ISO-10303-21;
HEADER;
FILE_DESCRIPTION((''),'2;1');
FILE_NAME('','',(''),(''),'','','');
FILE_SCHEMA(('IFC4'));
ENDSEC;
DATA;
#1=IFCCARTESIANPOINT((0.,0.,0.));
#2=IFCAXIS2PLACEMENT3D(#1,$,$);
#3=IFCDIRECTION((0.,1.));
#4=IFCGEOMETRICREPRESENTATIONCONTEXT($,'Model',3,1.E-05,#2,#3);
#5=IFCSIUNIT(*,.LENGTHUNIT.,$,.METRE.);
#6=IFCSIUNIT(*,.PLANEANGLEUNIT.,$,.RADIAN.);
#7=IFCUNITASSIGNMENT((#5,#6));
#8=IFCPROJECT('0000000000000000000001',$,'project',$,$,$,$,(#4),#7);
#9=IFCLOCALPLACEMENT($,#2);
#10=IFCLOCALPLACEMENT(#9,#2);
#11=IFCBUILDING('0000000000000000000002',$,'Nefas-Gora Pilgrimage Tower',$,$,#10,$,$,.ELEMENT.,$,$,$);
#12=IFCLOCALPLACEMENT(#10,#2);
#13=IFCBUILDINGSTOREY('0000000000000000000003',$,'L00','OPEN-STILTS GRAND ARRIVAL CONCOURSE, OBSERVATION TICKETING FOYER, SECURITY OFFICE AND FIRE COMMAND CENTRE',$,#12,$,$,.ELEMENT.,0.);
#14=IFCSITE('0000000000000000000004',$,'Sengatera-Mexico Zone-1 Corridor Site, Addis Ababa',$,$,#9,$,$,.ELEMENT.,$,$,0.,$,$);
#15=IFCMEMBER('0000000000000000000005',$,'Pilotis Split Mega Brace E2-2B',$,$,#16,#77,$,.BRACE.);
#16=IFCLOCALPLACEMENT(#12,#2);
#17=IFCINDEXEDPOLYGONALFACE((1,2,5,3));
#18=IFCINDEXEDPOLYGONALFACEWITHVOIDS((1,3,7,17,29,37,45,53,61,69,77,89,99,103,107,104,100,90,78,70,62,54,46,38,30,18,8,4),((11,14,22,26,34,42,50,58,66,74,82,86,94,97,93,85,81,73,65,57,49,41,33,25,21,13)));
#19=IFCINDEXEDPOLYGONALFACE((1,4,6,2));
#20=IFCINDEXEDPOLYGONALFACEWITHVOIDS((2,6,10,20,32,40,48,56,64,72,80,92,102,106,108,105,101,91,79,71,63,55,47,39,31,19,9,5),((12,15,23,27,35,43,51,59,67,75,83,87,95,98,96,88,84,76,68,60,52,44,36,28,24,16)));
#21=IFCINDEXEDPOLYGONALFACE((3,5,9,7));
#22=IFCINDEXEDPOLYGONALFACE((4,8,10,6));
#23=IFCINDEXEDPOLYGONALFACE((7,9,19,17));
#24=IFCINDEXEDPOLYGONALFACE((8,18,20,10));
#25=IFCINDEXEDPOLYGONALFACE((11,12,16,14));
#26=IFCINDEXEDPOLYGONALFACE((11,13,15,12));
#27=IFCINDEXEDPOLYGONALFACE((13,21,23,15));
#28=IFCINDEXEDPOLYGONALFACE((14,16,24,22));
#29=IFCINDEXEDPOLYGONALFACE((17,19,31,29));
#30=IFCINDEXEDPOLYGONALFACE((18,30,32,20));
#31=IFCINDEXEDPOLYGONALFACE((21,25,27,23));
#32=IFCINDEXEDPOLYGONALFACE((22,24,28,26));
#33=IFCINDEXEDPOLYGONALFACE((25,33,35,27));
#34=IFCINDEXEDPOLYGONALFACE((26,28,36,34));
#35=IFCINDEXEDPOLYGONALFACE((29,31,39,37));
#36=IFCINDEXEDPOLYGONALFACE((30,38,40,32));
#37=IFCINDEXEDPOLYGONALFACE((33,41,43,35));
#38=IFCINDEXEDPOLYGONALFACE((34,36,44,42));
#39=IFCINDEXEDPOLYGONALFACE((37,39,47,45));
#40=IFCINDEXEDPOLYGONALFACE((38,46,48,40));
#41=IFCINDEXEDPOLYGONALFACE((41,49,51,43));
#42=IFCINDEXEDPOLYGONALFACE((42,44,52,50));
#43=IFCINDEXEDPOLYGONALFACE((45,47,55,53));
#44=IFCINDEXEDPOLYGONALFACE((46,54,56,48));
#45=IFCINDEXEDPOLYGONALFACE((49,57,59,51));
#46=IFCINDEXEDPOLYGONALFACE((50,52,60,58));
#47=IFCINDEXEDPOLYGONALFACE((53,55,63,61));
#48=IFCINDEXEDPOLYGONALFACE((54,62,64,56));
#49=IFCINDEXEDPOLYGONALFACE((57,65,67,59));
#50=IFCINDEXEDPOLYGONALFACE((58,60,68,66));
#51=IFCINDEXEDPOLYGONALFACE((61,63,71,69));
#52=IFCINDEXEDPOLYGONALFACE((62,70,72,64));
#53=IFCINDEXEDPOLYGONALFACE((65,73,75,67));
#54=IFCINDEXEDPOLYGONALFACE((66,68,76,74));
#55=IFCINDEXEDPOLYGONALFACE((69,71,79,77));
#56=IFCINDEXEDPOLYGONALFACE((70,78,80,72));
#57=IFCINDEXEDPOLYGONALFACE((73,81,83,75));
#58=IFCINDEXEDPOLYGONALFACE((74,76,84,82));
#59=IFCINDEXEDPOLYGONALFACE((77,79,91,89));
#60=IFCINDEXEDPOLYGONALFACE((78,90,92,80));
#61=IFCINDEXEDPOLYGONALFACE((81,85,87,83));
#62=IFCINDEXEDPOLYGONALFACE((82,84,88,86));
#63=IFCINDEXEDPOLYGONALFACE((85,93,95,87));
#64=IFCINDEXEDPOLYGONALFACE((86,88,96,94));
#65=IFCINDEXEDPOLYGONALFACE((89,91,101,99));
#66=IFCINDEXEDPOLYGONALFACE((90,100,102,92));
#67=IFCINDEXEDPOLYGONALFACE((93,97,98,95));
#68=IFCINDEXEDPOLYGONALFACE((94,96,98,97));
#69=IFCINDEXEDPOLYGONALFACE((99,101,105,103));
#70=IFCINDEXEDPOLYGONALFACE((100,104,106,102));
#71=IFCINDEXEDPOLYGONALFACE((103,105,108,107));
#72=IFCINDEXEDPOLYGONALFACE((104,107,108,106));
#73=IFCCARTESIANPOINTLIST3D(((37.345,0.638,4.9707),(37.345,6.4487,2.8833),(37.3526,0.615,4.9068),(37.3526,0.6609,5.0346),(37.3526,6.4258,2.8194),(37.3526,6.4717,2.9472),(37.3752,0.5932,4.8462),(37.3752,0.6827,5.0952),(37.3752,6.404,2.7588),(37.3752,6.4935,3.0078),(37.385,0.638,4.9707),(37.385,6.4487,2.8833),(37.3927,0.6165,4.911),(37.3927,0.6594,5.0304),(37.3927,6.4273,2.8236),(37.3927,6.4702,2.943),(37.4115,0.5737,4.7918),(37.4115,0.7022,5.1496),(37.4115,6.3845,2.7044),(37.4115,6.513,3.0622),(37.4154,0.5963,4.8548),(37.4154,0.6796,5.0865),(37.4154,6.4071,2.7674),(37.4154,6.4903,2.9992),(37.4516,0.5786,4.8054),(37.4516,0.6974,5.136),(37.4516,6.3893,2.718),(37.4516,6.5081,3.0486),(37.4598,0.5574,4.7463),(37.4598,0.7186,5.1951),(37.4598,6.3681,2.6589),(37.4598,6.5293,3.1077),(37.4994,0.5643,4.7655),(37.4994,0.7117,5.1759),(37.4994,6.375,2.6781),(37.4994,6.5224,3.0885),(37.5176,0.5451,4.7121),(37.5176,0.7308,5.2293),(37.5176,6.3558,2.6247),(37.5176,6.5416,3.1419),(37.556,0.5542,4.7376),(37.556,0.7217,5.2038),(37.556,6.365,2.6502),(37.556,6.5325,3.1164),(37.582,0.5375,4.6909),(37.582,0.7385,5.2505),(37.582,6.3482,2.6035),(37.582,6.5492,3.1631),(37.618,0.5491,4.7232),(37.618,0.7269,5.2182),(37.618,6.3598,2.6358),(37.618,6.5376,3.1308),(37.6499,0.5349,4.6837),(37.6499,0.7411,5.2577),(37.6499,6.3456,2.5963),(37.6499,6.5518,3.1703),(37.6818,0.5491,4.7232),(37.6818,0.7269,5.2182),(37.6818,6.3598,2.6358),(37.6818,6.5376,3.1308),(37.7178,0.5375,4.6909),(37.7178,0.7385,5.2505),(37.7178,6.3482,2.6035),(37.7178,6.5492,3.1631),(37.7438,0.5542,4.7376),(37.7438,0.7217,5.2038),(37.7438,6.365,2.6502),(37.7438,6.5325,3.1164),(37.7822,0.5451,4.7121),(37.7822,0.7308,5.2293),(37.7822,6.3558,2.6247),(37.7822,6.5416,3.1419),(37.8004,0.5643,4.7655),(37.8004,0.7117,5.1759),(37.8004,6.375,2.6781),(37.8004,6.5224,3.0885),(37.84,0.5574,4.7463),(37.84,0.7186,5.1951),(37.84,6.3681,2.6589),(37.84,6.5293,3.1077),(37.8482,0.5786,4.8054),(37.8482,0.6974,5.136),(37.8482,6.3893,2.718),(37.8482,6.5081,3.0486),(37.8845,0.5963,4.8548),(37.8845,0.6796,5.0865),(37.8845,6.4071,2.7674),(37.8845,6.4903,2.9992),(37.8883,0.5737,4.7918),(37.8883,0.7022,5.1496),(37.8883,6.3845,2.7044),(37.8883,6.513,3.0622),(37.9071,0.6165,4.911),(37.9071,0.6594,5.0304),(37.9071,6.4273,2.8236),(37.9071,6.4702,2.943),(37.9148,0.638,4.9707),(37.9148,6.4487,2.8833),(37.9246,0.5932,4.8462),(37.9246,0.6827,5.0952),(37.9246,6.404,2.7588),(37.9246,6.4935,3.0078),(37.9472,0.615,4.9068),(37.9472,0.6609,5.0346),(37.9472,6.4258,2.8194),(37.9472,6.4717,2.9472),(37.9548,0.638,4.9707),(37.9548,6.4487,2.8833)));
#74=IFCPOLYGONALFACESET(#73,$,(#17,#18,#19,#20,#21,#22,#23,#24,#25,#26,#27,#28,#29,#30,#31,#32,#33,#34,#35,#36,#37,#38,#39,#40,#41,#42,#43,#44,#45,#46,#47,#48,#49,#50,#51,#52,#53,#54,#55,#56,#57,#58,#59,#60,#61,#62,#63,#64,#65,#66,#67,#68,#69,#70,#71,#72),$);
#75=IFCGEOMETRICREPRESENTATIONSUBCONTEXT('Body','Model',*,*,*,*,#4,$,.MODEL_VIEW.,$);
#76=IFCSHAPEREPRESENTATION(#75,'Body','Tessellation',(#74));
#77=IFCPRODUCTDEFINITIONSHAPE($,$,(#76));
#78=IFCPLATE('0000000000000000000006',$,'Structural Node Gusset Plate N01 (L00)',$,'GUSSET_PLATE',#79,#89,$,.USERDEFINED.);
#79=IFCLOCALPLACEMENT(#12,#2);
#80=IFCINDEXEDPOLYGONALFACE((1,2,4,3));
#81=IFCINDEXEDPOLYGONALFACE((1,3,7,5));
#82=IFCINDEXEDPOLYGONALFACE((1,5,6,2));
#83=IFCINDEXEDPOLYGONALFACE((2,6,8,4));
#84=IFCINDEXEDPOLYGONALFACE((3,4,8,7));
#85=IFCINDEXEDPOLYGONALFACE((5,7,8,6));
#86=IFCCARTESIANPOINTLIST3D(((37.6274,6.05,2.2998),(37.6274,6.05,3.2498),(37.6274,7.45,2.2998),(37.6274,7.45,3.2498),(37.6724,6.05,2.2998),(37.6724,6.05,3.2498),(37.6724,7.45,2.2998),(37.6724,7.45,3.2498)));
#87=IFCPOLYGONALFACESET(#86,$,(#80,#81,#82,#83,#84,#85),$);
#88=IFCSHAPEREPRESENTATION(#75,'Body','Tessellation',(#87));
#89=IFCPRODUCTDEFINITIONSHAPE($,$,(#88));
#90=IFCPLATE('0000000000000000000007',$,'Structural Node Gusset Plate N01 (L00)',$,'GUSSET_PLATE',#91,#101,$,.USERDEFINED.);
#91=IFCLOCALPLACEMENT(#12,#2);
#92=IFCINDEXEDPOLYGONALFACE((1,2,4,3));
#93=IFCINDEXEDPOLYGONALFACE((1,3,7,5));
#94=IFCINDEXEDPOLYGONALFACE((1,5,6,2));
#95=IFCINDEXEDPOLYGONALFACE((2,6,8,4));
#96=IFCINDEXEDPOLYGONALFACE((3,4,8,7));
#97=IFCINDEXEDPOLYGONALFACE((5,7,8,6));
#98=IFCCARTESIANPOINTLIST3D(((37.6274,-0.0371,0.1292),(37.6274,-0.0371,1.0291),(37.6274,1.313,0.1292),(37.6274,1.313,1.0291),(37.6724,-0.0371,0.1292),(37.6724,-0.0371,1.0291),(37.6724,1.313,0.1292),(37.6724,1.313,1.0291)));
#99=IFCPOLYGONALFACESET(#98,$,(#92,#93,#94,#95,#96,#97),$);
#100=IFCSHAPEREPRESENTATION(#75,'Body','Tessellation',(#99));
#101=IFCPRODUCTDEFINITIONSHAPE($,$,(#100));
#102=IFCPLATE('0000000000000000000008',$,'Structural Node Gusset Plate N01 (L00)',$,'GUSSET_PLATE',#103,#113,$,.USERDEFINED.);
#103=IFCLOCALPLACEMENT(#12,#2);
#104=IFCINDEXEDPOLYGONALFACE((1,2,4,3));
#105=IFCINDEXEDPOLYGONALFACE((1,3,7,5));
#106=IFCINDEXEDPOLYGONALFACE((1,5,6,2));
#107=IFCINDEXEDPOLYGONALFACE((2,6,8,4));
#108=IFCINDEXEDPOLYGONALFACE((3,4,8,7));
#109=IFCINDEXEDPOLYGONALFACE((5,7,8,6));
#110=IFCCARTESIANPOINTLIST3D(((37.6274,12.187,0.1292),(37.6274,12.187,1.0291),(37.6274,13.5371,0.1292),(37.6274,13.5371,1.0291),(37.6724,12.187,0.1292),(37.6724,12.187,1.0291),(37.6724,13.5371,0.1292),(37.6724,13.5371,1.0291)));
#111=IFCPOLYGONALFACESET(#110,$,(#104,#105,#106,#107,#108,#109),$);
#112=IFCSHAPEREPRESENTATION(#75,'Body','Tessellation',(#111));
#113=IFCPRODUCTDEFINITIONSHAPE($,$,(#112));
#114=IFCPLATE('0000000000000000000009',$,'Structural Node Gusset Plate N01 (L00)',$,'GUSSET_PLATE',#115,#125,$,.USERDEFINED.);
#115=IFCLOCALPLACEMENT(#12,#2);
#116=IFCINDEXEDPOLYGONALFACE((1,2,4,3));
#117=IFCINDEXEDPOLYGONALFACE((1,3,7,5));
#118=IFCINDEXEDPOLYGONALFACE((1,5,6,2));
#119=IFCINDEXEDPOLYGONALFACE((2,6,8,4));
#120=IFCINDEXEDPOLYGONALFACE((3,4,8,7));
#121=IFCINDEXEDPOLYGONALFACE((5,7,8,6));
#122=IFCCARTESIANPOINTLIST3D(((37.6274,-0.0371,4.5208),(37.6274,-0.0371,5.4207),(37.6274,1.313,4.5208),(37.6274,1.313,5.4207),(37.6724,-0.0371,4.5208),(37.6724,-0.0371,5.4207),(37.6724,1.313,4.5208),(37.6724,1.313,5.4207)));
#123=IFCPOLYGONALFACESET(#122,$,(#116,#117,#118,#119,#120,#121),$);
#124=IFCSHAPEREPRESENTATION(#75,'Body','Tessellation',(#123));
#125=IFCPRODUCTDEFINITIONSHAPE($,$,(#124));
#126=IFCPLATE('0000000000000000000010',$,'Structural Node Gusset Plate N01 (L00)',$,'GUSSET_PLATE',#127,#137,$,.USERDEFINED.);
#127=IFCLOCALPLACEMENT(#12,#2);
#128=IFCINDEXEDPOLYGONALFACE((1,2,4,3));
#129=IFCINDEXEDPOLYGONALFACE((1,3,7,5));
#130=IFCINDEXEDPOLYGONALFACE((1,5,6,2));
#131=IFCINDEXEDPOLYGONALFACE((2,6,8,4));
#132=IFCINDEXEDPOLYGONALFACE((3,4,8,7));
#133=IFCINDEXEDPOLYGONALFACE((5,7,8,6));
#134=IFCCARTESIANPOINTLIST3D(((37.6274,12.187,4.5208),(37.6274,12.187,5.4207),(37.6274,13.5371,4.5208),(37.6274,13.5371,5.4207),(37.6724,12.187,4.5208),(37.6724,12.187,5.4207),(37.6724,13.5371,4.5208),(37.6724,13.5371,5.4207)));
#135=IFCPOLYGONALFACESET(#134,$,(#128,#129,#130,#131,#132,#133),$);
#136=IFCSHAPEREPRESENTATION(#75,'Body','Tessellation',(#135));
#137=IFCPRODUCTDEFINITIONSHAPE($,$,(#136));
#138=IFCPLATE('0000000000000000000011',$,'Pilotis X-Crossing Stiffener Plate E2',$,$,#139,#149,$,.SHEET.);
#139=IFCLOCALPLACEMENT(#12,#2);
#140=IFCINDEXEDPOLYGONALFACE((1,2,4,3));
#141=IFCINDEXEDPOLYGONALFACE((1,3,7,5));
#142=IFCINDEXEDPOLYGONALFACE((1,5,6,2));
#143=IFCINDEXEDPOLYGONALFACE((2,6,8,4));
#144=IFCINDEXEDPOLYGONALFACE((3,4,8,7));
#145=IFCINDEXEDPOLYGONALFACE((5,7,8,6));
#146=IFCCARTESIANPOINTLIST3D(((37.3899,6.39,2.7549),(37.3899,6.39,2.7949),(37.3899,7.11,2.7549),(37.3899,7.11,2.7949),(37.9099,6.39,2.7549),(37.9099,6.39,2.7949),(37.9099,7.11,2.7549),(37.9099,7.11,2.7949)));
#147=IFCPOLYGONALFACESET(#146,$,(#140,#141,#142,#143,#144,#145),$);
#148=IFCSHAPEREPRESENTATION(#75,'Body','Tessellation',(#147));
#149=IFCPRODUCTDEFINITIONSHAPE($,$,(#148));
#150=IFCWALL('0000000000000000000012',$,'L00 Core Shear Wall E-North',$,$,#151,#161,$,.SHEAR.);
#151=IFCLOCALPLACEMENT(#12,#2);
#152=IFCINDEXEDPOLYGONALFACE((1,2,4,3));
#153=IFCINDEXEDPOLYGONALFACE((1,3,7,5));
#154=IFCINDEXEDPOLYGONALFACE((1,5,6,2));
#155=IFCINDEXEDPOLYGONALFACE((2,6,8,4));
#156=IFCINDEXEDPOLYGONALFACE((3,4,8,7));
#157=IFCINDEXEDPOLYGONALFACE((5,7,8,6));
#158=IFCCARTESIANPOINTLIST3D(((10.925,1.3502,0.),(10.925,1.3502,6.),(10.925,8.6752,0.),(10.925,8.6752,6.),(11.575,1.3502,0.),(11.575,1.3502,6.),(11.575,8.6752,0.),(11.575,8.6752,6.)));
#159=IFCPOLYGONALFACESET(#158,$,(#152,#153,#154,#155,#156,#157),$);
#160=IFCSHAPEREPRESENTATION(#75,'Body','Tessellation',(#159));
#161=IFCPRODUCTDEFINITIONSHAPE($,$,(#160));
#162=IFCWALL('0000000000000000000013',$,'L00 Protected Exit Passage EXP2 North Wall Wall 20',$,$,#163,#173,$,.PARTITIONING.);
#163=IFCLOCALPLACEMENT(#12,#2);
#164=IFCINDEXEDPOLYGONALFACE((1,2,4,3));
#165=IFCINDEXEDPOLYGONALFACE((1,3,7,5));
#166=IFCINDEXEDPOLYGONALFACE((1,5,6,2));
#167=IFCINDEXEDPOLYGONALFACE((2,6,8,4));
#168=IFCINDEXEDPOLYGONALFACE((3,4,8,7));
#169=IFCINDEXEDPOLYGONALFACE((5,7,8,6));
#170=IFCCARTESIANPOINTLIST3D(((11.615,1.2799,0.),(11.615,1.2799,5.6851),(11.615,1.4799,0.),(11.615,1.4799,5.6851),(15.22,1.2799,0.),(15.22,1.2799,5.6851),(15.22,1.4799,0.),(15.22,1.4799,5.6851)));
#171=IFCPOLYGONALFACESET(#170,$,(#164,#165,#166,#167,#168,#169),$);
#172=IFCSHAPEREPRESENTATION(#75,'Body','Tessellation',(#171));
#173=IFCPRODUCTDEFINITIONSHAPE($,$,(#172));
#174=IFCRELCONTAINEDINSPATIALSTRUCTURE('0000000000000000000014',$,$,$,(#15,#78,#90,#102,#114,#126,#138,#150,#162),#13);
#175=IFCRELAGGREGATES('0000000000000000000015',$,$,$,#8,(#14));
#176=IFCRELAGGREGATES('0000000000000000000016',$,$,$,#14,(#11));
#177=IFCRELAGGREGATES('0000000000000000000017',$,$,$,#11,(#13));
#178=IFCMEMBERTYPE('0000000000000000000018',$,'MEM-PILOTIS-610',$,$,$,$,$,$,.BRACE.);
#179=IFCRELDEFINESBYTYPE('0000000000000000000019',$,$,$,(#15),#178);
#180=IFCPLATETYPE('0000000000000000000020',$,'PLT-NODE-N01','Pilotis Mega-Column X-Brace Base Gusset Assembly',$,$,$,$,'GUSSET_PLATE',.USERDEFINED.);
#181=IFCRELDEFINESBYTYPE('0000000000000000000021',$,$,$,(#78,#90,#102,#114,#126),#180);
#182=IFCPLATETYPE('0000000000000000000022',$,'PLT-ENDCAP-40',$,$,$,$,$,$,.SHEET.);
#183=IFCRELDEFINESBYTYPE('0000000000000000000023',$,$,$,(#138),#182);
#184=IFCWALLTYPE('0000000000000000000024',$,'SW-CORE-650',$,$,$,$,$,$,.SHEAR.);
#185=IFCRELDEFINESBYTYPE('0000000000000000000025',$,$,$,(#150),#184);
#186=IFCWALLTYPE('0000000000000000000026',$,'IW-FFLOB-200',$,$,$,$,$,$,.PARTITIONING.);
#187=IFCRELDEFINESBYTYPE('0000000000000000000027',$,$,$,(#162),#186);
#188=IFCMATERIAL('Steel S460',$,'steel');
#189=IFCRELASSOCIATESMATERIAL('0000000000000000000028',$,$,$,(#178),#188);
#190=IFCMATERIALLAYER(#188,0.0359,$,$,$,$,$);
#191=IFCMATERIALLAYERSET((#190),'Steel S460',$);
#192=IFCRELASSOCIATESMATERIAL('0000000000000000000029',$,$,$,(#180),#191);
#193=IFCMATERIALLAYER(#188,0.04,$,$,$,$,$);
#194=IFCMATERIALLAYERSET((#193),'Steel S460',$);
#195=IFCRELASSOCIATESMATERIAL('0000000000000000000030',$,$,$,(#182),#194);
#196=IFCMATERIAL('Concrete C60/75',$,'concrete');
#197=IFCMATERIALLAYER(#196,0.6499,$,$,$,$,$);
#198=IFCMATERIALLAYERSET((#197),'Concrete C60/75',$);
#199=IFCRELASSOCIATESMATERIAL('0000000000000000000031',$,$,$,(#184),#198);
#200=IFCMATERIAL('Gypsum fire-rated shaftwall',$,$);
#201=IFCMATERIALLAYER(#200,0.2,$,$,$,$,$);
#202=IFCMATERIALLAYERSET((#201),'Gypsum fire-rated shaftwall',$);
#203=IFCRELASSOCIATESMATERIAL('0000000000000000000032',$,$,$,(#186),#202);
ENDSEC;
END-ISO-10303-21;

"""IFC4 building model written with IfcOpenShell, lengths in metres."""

from ifc_helpers import new_model, si_unit, direction, frame, frame_2d, origin, origin_2d, place, context, subcontext, project, spatial, rectangle, hollow_circle, extrude, source, transform, mapped, material, layer, layer_set, material_profile, profile_set, type_object, element, save


model = new_model("IFC4")

# Units and contexts
model_context = context("Model", 3, precision=1e-05, world=origin(), true_north=direction((0.0, 1.0)))
body_context = subcontext(model_context, "Body", "Model", "MODEL_VIEW")
ifc_project = project(units=[si_unit("LENGTHUNIT", "METRE"), si_unit("PLANEANGLEUNIT", "RADIAN")], contexts=[model_context])

# Site, building, storey
site_placement = place(None, origin())
site = spatial("IfcSite", under=ifc_project, at=site_placement, Name="Sengatera-Mexico Zone-1 Corridor Site, Addis Ababa", CompositionType="ELEMENT", RefElevation=0.0)
building_placement = place(site_placement, origin())
building = spatial("IfcBuilding", under=site, at=building_placement, Name="Nefas-Gora Pilgrimage Tower", CompositionType="ELEMENT")
storey_placement = place(building_placement, origin())
storey = spatial("IfcBuildingStorey", under=building, at=storey_placement, Name="L00", Description="OPEN-STILTS GRAND ARRIVAL CONCOURSE, OBSERVATION TICKETING FOYER, SECURITY OFFICE AND FIRE COMMAND CENTRE", CompositionType="ELEMENT", Elevation=0.0)

# Shared definitions
ifc_material_1 = material(Name="Steel S460", Category="steel")

# Member
ifc_material_profile_1 = material_profile(ifc_material_1, hollow_circle(Radius=0.3049, WallThickness=0.04, at=origin_2d()), Name="CHS 610x40")
ifc_profile_set_1 = profile_set([ifc_material_profile_1], Name="Steel S460")
member_type = type_object("IfcMemberType", Name="MEM-PILOTIS-610", PredefinedType="BRACE", material=ifc_profile_set_1)
shared_shape_1 = source(origin(), body_context, "Body", "SweptSolid", [
    extrude(hollow_circle(Radius=0.3049, WallThickness=0.04, at=origin_2d()), origin(), (0.0, 0.0, 1.0), 6.1743),
])
for number, where, z_axis, x_axis, name in (
    (1, (37.6499, 6.4487, 2.8833), (0.0, -0.941119, 0.338077), (1.0, 0.0, 0.0), "Pilotis Split Mega Brace E2-2B"),
):
    element("IfcMember", number, at=place(storey_placement, frame(where, z_axis=z_axis, x_axis=x_axis)), inside=storey, type_object=member_type, Name=name, PredefinedType="BRACE", context=body_context, shape_type="MappedRepresentation", body=[
        mapped(shared_shape_1, transform((0.0, 0.0, 0.0), x_axis=(1.0, 0.0, 0.0), y_axis=(0.0, 1.0, 0.0), z_axis=(0.0, 0.0, 1.0), scale=1.0)),
    ])

# Plates
ifc_layer_1 = layer(ifc_material_1, 0.0359)
ifc_layer_set_1 = layer_set([ifc_layer_1], Name="Steel S460")
plate_type_1 = type_object("IfcPlateType", Name="PLT-NODE-N01", Description="Pilotis Mega-Column X-Brace Base Gusset Assembly", ElementType="GUSSET_PLATE", PredefinedType="USERDEFINED", material=ifc_layer_set_1)
shared_shape_2 = source(origin(), body_context, "Body", "SweptSolid", [
    extrude(rectangle(XDim=1.3999, YDim=0.0449, at=origin_2d()), origin(), (0.0, 0.0, 1.0), 0.95),
])
plate_1_placement = place(storey_placement, frame((37.6499, 6.75, 2.2998), z_axis=(0.0, 0.0, 1.0), x_axis=(0.0, 1.0, 0.0)))
element("IfcPlate", 2, at=plate_1_placement, inside=storey, type_object=plate_type_1, Name="Structural Node Gusset Plate N01 (L00)", ObjectType="GUSSET_PLATE", PredefinedType="USERDEFINED", context=body_context, shape_type="MappedRepresentation", body=[
    mapped(shared_shape_2, transform((0.0, 0.0, 0.0), x_axis=(1.0, 0.0, 0.0), y_axis=(0.0, 1.0, 0.0), z_axis=(0.0, 0.0, 1.0), scale=1.0)),
])
shared_shape_3 = source(origin(), body_context, "Body", "SweptSolid", [
    extrude(rectangle(XDim=1.3501, YDim=0.0449, at=origin_2d()), origin(), (0.0, 0.0, 1.0), 0.8999),
])
for number, where, z_axis, x_axis, name in (
    (3, (37.6499, 0.6379, 0.1292), (0.0, 0.0, 1.0), (0.0, 1.0, 0.0), "Structural Node Gusset Plate N01 (L00)"),
    (4, (37.6499, 12.8621, 0.1292), (0.0, 0.0, 1.0), (0.0, 1.0, 0.0), "Structural Node Gusset Plate N01 (L00)"),
    (5, (37.6499, 0.6379, 4.5208), (0.0, 0.0, 1.0), (0.0, 1.0, 0.0), "Structural Node Gusset Plate N01 (L00)"),
    (6, (37.6499, 12.8621, 4.5208), (0.0, 0.0, 1.0), (0.0, 1.0, 0.0), "Structural Node Gusset Plate N01 (L00)"),
):
    element("IfcPlate", number, at=place(storey_placement, frame(where, z_axis=z_axis, x_axis=x_axis)), inside=storey, type_object=plate_type_1, Name=name, ObjectType="GUSSET_PLATE", PredefinedType="USERDEFINED", context=body_context, shape_type="MappedRepresentation", body=[
        mapped(shared_shape_3, transform((0.0, 0.0, 0.0), x_axis=(1.0, 0.0, 0.0), y_axis=(0.0, 1.0, 0.0), z_axis=(0.0, 0.0, 1.0), scale=1.0)),
    ])
ifc_layer_2 = layer(ifc_material_1, 0.04)
ifc_layer_set_2 = layer_set([ifc_layer_2], Name="Steel S460")
plate_type_2 = type_object("IfcPlateType", Name="PLT-ENDCAP-40", PredefinedType="SHEET", material=ifc_layer_set_2)
shared_shape_4 = source(origin(), body_context, "Body", "SweptSolid", [
    extrude(rectangle(XDim=0.72, YDim=0.52, at=origin_2d()), origin(), (0.0, 0.0, 1.0), 0.04),
])
plate_2_placement = place(storey_placement, frame((37.6499, 6.75, 2.7549), z_axis=(0.0, 0.0, 1.0), x_axis=(0.0, 1.0, 0.0)))
element("IfcPlate", 7, at=plate_2_placement, inside=storey, type_object=plate_type_2, Name="Pilotis X-Crossing Stiffener Plate E2", PredefinedType="SHEET", context=body_context, shape_type="MappedRepresentation", body=[
    mapped(shared_shape_4, transform((0.0, 0.0, 0.0), x_axis=(1.0, 0.0, 0.0), y_axis=(0.0, 1.0, 0.0), z_axis=(0.0, 0.0, 1.0), scale=1.0)),
])

# Walls
ifc_material_2 = material(Name="Concrete C60/75", Category="concrete")
ifc_layer_3 = layer(ifc_material_2, 0.6499)
ifc_layer_set_3 = layer_set([ifc_layer_3], Name="Concrete C60/75")
wall_type_1 = type_object("IfcWallType", Name="SW-CORE-650", PredefinedType="SHEAR", material=ifc_layer_set_3)
shared_shape_5 = source(origin(), body_context, "Body", "SweptSolid", [
    extrude(rectangle(XDim=7.325, YDim=0.6499, at=frame_2d((3.6626, 0.0))), origin(), (0.0, 0.0, 1.0), 6.0),
])
wall_1_placement = place(storey_placement, frame((11.25, 1.3501, 0.0), z_axis=(0.0, 0.0, 1.0), x_axis=(0.0, 1.0, 0.0)))
element("IfcWall", 8, at=wall_1_placement, inside=storey, type_object=wall_type_1, Name="L00 Core Shear Wall E-North", PredefinedType="SHEAR", context=body_context, shape_type="MappedRepresentation", body=[
    mapped(shared_shape_5, transform((0.0, 0.0, 0.0), x_axis=(1.0, 0.0, 0.0), y_axis=(0.0, 1.0, 0.0), z_axis=(0.0, 0.0, 1.0), scale=1.0)),
])
ifc_material_3 = material(Name="Gypsum fire-rated shaftwall")
ifc_layer_4 = layer(ifc_material_3, 0.2)
ifc_layer_set_4 = layer_set([ifc_layer_4], Name="Gypsum fire-rated shaftwall")
wall_type_2 = type_object("IfcWallType", Name="IW-FFLOB-200", PredefinedType="PARTITIONING", material=ifc_layer_set_4)
shared_shape_6 = source(origin(), body_context, "Body", "SweptSolid", [
    extrude(rectangle(XDim=3.605, YDim=0.2, at=frame_2d((1.8025, 0.0))), origin(), (0.0, 0.0, 1.0), 5.6851),
])
wall_2_placement = place(storey_placement, frame((11.615, 1.3799, 0.0), z_axis=(0.0, 0.0, 1.0), x_axis=(1.0, 0.0, 0.0)))
element("IfcWall", 9, at=wall_2_placement, inside=storey, type_object=wall_type_2, Name="L00 Protected Exit Passage EXP2 North Wall Wall 20", PredefinedType="PARTITIONING", context=body_context, shape_type="MappedRepresentation", body=[
    mapped(shared_shape_6, transform((0.0, 0.0, 0.0), x_axis=(1.0, 0.0, 0.0), y_axis=(0.0, 1.0, 0.0), z_axis=(0.0, 0.0, 1.0), scale=1.0)),
])

save(model, "model.ifc")
